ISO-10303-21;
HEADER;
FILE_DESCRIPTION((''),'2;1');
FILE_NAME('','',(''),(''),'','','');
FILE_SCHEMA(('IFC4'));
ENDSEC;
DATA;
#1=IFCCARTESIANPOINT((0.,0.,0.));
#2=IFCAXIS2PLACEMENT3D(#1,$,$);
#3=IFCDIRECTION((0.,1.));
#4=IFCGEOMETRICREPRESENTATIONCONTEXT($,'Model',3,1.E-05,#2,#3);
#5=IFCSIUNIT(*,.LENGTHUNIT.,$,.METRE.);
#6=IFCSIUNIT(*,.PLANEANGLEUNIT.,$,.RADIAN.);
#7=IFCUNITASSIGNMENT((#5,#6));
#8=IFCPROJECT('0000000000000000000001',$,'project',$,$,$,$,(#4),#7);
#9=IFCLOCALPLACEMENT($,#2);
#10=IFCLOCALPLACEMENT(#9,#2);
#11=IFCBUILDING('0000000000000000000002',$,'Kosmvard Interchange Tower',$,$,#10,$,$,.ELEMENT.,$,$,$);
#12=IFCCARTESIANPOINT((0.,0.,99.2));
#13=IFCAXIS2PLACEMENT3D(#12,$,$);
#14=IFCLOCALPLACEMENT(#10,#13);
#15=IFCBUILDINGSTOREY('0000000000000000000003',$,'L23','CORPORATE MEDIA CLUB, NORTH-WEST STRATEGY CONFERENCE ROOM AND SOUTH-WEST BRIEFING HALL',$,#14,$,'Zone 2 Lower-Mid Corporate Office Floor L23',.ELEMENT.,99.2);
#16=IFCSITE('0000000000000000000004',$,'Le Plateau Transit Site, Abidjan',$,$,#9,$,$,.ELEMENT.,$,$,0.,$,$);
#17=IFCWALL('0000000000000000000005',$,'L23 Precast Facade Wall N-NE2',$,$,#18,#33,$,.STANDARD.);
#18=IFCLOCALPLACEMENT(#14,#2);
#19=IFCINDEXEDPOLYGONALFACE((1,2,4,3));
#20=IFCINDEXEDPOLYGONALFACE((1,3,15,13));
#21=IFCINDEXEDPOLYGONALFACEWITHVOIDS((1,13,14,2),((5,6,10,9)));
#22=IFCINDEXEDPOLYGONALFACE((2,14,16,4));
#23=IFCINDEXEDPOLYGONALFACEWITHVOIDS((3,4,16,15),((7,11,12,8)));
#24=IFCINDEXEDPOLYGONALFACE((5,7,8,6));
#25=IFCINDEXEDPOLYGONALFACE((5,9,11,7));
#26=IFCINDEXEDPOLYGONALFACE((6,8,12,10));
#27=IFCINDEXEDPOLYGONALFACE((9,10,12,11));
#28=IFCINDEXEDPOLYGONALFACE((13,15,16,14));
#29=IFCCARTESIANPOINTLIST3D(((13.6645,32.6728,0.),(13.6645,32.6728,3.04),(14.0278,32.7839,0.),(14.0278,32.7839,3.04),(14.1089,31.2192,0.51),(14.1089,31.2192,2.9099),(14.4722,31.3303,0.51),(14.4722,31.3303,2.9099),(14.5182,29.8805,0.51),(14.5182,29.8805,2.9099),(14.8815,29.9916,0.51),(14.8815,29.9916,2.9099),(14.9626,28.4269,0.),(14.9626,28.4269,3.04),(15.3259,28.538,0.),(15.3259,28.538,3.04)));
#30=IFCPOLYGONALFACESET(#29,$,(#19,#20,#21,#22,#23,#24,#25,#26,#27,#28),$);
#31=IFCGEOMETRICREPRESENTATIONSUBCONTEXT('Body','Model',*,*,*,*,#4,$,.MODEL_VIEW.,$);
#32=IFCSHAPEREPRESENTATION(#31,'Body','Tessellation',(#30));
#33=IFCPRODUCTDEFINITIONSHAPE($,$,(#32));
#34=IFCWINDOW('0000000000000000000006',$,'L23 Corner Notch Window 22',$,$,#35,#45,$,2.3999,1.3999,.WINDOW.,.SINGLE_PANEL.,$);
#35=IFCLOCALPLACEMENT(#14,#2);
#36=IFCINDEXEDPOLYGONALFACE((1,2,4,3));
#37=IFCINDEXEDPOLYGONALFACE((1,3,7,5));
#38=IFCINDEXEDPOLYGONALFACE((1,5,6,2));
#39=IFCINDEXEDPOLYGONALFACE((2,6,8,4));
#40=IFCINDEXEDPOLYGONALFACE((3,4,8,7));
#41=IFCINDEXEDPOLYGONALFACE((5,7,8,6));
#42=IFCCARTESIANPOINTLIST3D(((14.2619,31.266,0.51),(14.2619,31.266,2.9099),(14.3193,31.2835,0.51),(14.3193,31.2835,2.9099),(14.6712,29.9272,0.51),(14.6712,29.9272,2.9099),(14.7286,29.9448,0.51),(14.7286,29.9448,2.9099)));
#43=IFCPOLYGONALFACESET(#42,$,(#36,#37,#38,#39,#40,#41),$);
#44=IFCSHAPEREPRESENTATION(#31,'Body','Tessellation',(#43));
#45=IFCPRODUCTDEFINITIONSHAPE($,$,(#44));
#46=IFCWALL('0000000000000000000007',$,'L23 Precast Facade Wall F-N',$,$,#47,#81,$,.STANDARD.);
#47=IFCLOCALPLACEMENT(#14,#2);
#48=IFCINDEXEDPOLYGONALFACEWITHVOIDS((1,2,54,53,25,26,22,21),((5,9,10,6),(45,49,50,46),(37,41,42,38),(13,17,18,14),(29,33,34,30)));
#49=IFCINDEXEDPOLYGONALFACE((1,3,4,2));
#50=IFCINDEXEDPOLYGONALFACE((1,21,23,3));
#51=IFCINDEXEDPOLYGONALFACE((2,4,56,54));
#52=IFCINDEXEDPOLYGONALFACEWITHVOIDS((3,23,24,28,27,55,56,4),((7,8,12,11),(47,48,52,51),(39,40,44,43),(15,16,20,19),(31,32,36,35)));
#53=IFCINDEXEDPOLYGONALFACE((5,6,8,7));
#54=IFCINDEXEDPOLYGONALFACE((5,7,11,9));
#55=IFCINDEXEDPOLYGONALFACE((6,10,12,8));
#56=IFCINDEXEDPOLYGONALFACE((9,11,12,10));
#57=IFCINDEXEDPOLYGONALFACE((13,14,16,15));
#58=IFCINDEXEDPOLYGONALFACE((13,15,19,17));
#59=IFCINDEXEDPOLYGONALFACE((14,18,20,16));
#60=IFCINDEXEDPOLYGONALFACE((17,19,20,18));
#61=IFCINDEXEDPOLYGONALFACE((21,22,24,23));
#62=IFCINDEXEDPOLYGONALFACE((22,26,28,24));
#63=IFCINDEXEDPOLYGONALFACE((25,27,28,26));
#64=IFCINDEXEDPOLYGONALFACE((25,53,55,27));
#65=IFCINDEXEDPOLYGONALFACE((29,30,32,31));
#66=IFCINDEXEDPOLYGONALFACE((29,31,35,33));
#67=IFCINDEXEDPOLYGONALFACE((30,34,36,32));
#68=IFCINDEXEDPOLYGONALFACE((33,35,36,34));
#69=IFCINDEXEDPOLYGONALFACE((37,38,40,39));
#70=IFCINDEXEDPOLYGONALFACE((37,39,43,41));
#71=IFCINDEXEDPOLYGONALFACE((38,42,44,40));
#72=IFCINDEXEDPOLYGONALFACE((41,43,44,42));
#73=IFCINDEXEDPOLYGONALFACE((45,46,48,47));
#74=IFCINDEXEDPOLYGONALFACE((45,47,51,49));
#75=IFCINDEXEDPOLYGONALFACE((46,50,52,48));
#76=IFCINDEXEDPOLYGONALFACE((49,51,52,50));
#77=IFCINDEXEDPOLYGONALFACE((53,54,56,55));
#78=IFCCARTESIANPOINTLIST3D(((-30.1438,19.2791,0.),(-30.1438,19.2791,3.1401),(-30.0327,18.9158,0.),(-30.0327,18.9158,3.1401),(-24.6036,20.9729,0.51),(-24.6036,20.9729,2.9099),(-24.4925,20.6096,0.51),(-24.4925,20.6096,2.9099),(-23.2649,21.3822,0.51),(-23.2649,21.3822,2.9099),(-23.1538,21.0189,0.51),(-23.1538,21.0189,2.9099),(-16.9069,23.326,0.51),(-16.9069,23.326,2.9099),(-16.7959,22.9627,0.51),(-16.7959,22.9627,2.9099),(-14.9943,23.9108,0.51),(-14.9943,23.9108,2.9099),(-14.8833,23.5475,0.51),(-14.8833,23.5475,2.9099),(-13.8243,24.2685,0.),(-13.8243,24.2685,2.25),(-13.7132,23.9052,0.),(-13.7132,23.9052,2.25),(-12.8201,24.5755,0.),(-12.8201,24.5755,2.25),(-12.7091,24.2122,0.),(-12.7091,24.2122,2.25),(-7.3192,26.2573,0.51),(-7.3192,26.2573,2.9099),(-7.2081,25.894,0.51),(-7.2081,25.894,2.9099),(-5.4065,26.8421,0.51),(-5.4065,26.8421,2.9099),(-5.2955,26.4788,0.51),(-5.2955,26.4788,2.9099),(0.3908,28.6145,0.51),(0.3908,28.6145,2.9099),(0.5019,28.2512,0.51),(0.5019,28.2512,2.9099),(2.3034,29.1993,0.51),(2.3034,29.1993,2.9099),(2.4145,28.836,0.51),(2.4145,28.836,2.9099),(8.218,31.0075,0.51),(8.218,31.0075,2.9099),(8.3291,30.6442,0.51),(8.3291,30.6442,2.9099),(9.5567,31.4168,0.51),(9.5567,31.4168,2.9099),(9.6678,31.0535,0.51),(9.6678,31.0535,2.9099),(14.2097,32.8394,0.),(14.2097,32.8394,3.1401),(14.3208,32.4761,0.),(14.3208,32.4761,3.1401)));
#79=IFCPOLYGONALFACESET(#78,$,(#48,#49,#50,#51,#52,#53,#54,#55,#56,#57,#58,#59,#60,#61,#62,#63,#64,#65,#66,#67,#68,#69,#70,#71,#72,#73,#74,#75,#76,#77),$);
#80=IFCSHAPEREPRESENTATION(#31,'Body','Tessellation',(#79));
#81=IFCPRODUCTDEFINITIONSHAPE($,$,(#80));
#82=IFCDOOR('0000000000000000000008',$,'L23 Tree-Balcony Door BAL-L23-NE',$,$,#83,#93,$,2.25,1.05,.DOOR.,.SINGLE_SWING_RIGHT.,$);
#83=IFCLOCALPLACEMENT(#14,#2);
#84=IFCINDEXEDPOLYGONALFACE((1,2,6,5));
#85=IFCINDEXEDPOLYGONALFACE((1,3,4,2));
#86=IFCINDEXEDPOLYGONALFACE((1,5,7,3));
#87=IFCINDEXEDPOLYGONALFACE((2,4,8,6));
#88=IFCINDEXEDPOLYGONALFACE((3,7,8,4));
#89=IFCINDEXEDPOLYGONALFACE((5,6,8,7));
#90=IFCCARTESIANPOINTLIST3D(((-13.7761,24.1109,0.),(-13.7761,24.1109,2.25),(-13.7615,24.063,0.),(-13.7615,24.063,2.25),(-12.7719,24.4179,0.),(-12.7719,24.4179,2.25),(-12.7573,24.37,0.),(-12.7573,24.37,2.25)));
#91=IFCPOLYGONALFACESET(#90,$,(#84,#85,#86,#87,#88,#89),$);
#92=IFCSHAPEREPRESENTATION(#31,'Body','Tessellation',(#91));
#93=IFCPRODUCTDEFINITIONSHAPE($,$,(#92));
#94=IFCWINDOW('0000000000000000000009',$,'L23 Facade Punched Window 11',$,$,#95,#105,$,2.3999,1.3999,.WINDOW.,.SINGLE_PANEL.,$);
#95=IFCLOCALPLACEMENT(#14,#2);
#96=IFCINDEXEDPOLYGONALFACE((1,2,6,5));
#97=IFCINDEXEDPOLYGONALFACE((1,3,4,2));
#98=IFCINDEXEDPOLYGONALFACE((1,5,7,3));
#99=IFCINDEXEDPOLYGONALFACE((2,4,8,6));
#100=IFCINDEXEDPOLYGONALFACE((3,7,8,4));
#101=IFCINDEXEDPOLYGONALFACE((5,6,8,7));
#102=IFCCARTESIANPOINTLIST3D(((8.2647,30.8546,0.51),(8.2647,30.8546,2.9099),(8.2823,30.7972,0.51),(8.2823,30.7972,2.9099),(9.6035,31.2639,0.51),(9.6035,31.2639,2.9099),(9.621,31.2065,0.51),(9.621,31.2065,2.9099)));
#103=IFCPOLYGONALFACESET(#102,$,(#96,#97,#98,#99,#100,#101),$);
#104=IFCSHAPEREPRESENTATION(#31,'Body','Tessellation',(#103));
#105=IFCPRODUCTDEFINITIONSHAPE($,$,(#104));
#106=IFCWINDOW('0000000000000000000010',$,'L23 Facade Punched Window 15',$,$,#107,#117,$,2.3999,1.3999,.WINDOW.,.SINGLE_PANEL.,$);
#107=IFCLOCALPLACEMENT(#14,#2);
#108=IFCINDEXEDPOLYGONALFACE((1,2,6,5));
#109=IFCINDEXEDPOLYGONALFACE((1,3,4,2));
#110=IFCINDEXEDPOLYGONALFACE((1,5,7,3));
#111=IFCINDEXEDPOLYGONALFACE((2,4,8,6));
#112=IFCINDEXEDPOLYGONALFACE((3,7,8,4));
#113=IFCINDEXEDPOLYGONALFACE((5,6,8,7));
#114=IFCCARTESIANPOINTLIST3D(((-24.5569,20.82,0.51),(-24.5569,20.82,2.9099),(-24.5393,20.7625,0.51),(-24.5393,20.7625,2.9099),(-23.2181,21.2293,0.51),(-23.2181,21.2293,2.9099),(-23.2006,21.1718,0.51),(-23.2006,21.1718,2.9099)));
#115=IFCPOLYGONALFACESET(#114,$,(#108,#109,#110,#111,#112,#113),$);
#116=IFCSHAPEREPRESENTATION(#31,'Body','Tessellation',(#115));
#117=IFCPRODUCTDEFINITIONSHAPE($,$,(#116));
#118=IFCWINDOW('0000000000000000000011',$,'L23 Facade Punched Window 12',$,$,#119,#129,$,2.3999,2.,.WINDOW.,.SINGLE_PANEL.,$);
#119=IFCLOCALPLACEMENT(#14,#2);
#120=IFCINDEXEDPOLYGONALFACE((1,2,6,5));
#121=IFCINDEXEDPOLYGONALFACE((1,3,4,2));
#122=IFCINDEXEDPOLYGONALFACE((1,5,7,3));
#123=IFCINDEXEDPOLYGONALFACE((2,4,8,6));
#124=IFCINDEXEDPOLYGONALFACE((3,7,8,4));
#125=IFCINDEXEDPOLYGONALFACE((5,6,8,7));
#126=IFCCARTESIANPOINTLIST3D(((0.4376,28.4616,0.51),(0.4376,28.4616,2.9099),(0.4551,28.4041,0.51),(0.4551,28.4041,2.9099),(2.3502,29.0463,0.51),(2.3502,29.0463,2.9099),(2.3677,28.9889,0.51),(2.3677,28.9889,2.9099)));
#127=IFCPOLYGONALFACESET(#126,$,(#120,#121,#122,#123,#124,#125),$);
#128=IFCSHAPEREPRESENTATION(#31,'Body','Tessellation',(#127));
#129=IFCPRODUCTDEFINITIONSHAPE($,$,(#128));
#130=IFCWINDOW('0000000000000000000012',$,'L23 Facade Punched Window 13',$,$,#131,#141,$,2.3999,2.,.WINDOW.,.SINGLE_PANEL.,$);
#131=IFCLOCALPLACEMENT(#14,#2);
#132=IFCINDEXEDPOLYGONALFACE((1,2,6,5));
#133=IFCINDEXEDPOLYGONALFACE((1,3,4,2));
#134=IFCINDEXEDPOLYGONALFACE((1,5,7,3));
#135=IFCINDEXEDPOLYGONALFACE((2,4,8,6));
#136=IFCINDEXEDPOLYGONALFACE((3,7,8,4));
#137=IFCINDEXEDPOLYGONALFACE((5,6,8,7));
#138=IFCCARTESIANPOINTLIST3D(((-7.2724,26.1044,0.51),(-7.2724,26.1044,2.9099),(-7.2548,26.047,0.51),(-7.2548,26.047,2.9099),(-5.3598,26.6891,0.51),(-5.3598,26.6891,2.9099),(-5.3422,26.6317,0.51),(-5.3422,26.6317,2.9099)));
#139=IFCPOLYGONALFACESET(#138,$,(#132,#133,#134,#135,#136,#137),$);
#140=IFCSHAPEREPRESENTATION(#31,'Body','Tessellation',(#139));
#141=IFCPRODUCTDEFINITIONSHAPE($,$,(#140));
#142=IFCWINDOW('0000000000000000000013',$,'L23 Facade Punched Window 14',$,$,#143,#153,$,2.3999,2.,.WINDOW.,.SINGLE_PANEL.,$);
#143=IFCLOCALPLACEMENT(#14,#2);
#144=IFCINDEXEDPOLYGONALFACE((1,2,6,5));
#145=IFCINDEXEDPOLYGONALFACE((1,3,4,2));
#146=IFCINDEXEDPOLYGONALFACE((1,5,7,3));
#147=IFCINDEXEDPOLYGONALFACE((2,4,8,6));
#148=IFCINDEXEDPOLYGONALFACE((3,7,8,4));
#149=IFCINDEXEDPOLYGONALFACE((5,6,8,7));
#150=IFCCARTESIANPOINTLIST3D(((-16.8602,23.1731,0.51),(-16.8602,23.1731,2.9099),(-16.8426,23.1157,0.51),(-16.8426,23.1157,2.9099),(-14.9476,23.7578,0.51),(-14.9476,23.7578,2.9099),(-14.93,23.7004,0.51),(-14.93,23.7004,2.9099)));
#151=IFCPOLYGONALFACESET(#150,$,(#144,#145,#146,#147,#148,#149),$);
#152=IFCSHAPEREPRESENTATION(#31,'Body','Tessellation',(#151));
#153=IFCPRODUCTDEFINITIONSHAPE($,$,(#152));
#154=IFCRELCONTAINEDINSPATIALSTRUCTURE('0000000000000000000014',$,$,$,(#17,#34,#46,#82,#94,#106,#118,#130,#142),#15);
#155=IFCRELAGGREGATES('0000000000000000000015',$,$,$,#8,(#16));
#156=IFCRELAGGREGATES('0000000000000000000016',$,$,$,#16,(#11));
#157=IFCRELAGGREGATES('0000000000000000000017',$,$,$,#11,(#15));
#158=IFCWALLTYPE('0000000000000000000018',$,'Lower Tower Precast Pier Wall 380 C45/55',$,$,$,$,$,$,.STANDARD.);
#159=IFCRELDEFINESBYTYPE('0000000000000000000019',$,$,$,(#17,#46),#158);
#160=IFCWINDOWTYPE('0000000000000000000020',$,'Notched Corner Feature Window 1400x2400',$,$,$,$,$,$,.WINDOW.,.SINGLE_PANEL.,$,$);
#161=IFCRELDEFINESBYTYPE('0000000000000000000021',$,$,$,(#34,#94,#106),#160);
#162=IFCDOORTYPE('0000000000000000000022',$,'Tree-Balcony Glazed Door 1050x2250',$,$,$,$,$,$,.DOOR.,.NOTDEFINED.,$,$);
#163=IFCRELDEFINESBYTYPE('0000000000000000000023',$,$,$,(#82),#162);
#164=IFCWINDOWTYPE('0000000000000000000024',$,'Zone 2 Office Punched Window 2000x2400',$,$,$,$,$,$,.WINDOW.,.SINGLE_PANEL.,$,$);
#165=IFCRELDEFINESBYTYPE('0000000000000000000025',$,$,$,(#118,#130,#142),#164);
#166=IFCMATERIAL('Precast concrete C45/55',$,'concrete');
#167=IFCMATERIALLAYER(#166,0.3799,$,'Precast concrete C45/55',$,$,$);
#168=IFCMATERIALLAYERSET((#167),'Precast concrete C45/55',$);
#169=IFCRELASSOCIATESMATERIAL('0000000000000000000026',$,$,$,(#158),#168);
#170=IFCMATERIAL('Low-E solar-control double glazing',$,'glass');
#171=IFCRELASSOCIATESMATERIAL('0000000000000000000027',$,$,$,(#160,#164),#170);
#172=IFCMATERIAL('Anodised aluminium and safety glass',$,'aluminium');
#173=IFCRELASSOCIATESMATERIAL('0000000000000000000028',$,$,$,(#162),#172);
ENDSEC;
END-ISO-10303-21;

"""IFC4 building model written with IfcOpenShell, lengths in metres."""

from ifc_helpers import new_model, si_unit, direction, frame, frame_2d, origin, place, context, subcontext, project, spatial, rectangle, extrude, source, transform, mapped, material, layer, layer_set, type_object, element, fill, save


model = new_model("IFC4")

# Units and contexts
model_context = context("Model", 3, precision=1e-05, world=origin(), true_north=direction((0.0, 1.0)))
body_context = subcontext(model_context, "Body", "Model", "MODEL_VIEW")
ifc_project = project(units=[si_unit("LENGTHUNIT", "METRE"), si_unit("PLANEANGLEUNIT", "RADIAN")], contexts=[model_context])

# Site, building, storey
site_placement = place(None, origin())
site = spatial("IfcSite", under=ifc_project, at=site_placement, Name="Le Plateau Transit Site, Abidjan", CompositionType="ELEMENT", RefElevation=0.0)
building_placement = place(site_placement, origin())
building = spatial("IfcBuilding", under=site, at=building_placement, Name="Kosmvard Interchange Tower", CompositionType="ELEMENT")
storey_placement = place(building_placement, frame((0.0, 0.0, 99.2)))
storey = spatial("IfcBuildingStorey", under=building, at=storey_placement, Name="L23", Description="CORPORATE MEDIA CLUB, NORTH-WEST STRATEGY CONFERENCE ROOM AND SOUTH-WEST BRIEFING HALL", LongName="Zone 2 Lower-Mid Corporate Office Floor L23", CompositionType="ELEMENT", Elevation=99.2)

# Shared definitions
ifc_material_1 = material(Name="Precast concrete C45/55", Category="concrete")

# Shared definitions
ifc_layer_1 = layer(ifc_material_1, 0.3799, Name="Precast concrete C45/55")
ifc_layer_set_1 = layer_set([ifc_layer_1], Name="Precast concrete C45/55")
wall_type = type_object("IfcWallType", Name="Lower Tower Precast Pier Wall 380 C45/55", PredefinedType="STANDARD", material=ifc_layer_set_1)

# Wall, opening, window
wall_1_placement = place(storey_placement, frame((15.1443, 28.4824, 0.0), z_axis=(0.0, 0.0, 1.0), x_axis=(-0.292374, 0.956304, 0.0)))
wall_1 = element("IfcWall", 1, at=wall_1_placement, inside=storey, type_object=wall_type, Name="L23 Precast Facade Wall N-NE2", PredefinedType="STANDARD", context=body_context, shape_type="SweptSolid", body=[
    extrude(rectangle(XDim=4.4399, YDim=0.3799, at=frame_2d((2.22, 0.0))), origin(), (0.0, 0.0, 1.0), 3.04),
])
opening_1_placement = place(wall_1_placement, frame((1.52, 0.0, 0.51)))
opening_1 = element("IfcOpeningElement", 2, at=opening_1_placement, cuts=wall_1, PredefinedType="OPENING", context=body_context, shape_type="SweptSolid", body=[
    extrude(rectangle(XDim=1.3999, YDim=2.3999, at=frame_2d((0.7, 1.2))), frame((0.0, 0.2, 0.0), z_axis=(0.0, -1.0, 0.0), x_axis=(1.0, 0.0, 0.0)), (0.0, 0.0, 1.0), 0.3999),
])
ifc_material_2 = material(Name="Low-E solar-control double glazing", Category="glass")
window_type_1 = type_object("IfcWindowType", Name="Notched Corner Feature Window 1400x2400", PartitioningType="SINGLE_PANEL", PredefinedType="WINDOW", material=ifc_material_2)
shared_shape_1 = source(origin(), body_context, "Body", "SweptSolid", [
    extrude(rectangle(XDim=1.3999, YDim=2.3999, at=frame_2d((0.7, 1.2))), frame((0.0, 0.03, 0.0), z_axis=(0.0, -1.0, 0.0), x_axis=(1.0, 0.0, 0.0)), (0.0, 0.0, 1.0), 0.0601),
])
window_1_placement = place(opening_1_placement, origin())
window_1 = element("IfcWindow", 3, at=window_1_placement, inside=storey, type_object=window_type_1, Name="L23 Corner Notch Window 22", OverallHeight=2.3999, OverallWidth=1.3999, PartitioningType="SINGLE_PANEL", PredefinedType="WINDOW", context=body_context, shape_type="MappedRepresentation", body=[
    mapped(shared_shape_1, transform((0.0, 0.0, 0.0), scale=1.0)),
])
fill(opening_1, window_1)

# Wall, openings, door, windows
wall_2_placement = place(storey_placement, frame((14.2651, 32.6577, 0.0), z_axis=(0.0, 0.0, 1.0), x_axis=(-0.956304, -0.292373, 0.0)))
wall_2 = element("IfcWall", 4, at=wall_2_placement, inside=storey, type_object=wall_type, Name="L23 Precast Facade Wall F-N", PredefinedType="STANDARD", context=body_context, shape_type="SweptSolid", body=[
    extrude(rectangle(XDim=46.3801, YDim=0.3799, at=frame_2d((23.1899, 0.0))), origin(), (0.0, 0.0, 1.0), 3.1401),
])
opening_2_placement = place(wall_2_placement, frame((28.2649, 0.0, 0.0)))
opening_2 = element("IfcOpeningElement", 5, at=opening_2_placement, cuts=wall_2, PredefinedType="OPENING", context=body_context, shape_type="SweptSolid", body=[
    extrude(rectangle(XDim=1.05, YDim=2.25, at=frame_2d((0.5249, 1.125))), frame((0.0, 0.2, 0.0), z_axis=(0.0, -1.0, 0.0), x_axis=(1.0, 0.0, 0.0)), (0.0, 0.0, 1.0), 0.3999),
])
opening_3_placement = place(wall_2_placement, frame((4.8655, 0.0, 0.51)))
opening_3 = element("IfcOpeningElement", 6, at=opening_3_placement, cuts=wall_2, PredefinedType="OPENING", context=body_context, shape_type="SweptSolid", body=[
    extrude(rectangle(XDim=1.3999, YDim=2.3999, at=frame_2d((0.7, 1.2))), frame((0.0, 0.2, 0.0), z_axis=(0.0, -1.0, 0.0), x_axis=(1.0, 0.0, 0.0)), (0.0, 0.0, 1.0), 0.3999),
])
opening_4_placement = place(wall_2_placement, frame((12.4502, 0.0, 0.51)))
opening_4 = element("IfcOpeningElement", 7, at=opening_4_placement, cuts=wall_2, PredefinedType="OPENING", context=body_context, shape_type="SweptSolid", body=[
    extrude(rectangle(XDim=2.0, YDim=2.3999, at=frame_2d((1.0, 1.2))), frame((0.0, 0.2, 0.0), z_axis=(0.0, -1.0, 0.0), x_axis=(1.0, 0.0, 0.0)), (0.0, 0.0, 1.0), 0.3999),
])
opening_5_placement = place(wall_2_placement, frame((20.5125, 0.0, 0.51)))
opening_5 = element("IfcOpeningElement", 8, at=opening_5_placement, cuts=wall_2, PredefinedType="OPENING", context=body_context, shape_type="SweptSolid", body=[
    extrude(rectangle(XDim=2.0, YDim=2.3999, at=frame_2d((1.0, 1.2))), frame((0.0, 0.2, 0.0), z_axis=(0.0, -1.0, 0.0), x_axis=(1.0, 0.0, 0.0)), (0.0, 0.0, 1.0), 0.3999),
])
opening_6_placement = place(wall_2_placement, frame((30.5383, 0.0, 0.51)))
opening_6 = element("IfcOpeningElement", 9, at=opening_6_placement, cuts=wall_2, PredefinedType="OPENING", context=body_context, shape_type="SweptSolid", body=[
    extrude(rectangle(XDim=2.0, YDim=2.3999, at=frame_2d((1.0, 1.2))), frame((0.0, 0.2, 0.0), z_axis=(0.0, -1.0, 0.0), x_axis=(1.0, 0.0, 0.0)), (0.0, 0.0, 1.0), 0.3999),
])
opening_7_placement = place(wall_2_placement, frame((39.1868, 0.0, 0.51)))
opening_7 = element("IfcOpeningElement", 10, at=opening_7_placement, cuts=wall_2, PredefinedType="OPENING", context=body_context, shape_type="SweptSolid", body=[
    extrude(rectangle(XDim=1.3999, YDim=2.3999, at=frame_2d((0.7, 1.2))), frame((0.0, 0.2, 0.0), z_axis=(0.0, -1.0, 0.0), x_axis=(1.0, 0.0, 0.0)), (0.0, 0.0, 1.0), 0.3999),
])
ifc_material_3 = material(Name="Anodised aluminium and safety glass", Category="aluminium")
door_type = type_object("IfcDoorType", Name="Tree-Balcony Glazed Door 1050x2250", OperationType="NOTDEFINED", PredefinedType="DOOR", material=ifc_material_3)
shared_shape_2 = source(origin(), body_context, "Body", "SweptSolid", [
    extrude(rectangle(XDim=1.05, YDim=2.25, at=frame_2d((0.5249, 1.125))), frame((0.0, 0.0249, 0.0), z_axis=(0.0, -1.0, 0.0), x_axis=(1.0, 0.0, 0.0)), (0.0, 0.0, 1.0), 0.05),
])
door_placement = place(opening_2_placement, origin())
door = element("IfcDoor", 11, at=door_placement, inside=storey, type_object=door_type, Name="L23 Tree-Balcony Door BAL-L23-NE", OperationType="SINGLE_SWING_RIGHT", OverallHeight=2.25, OverallWidth=1.05, PredefinedType="DOOR", context=body_context, shape_type="MappedRepresentation", body=[
    mapped(shared_shape_2, transform((0.0, 0.0, 0.0), scale=1.0)),
])
fill(opening_2, door)
window_2_placement = place(opening_3_placement, origin())
window_2 = element("IfcWindow", 12, at=window_2_placement, inside=storey, type_object=window_type_1, Name="L23 Facade Punched Window 11", OverallHeight=2.3999, OverallWidth=1.3999, PartitioningType="SINGLE_PANEL", PredefinedType="WINDOW", context=body_context, shape_type="MappedRepresentation", body=[
    mapped(shared_shape_1, transform((0.0, 0.0, 0.0), scale=1.0)),
])
fill(opening_3, window_2)
window_3_placement = place(opening_7_placement, origin())
window_3 = element("IfcWindow", 13, at=window_3_placement, inside=storey, type_object=window_type_1, Name="L23 Facade Punched Window 15", OverallHeight=2.3999, OverallWidth=1.3999, PartitioningType="SINGLE_PANEL", PredefinedType="WINDOW", context=body_context, shape_type="MappedRepresentation", body=[
    mapped(shared_shape_1, transform((0.0, 0.0, 0.0), scale=1.0)),
])
fill(opening_7, window_3)
window_type_2 = type_object("IfcWindowType", Name="Zone 2 Office Punched Window 2000x2400", PartitioningType="SINGLE_PANEL", PredefinedType="WINDOW", material=ifc_material_2)
shared_shape_3 = source(origin(), body_context, "Body", "SweptSolid", [
    extrude(rectangle(XDim=2.0, YDim=2.3999, at=frame_2d((1.0, 1.2))), frame((0.0, 0.03, 0.0), z_axis=(0.0, -1.0, 0.0), x_axis=(1.0, 0.0, 0.0)), (0.0, 0.0, 1.0), 0.0601),
])
window_4_placement = place(opening_4_placement, origin())
window_4 = element("IfcWindow", 14, at=window_4_placement, inside=storey, type_object=window_type_2, Name="L23 Facade Punched Window 12", OverallHeight=2.3999, OverallWidth=2.0, PartitioningType="SINGLE_PANEL", PredefinedType="WINDOW", context=body_context, shape_type="MappedRepresentation", body=[
    mapped(shared_shape_3, transform((0.0, 0.0, 0.0), scale=1.0)),
])
fill(opening_4, window_4)
window_5_placement = place(opening_5_placement, origin())
window_5 = element("IfcWindow", 15, at=window_5_placement, inside=storey, type_object=window_type_2, Name="L23 Facade Punched Window 13", OverallHeight=2.3999, OverallWidth=2.0, PartitioningType="SINGLE_PANEL", PredefinedType="WINDOW", context=body_context, shape_type="MappedRepresentation", body=[
    mapped(shared_shape_3, transform((0.0, 0.0, 0.0), scale=1.0)),
])
fill(opening_5, window_5)
window_6_placement = place(opening_6_placement, origin())
window_6 = element("IfcWindow", 16, at=window_6_placement, inside=storey, type_object=window_type_2, Name="L23 Facade Punched Window 14", OverallHeight=2.3999, OverallWidth=2.0, PartitioningType="SINGLE_PANEL", PredefinedType="WINDOW", context=body_context, shape_type="MappedRepresentation", body=[
    mapped(shared_shape_3, transform((0.0, 0.0, 0.0), scale=1.0)),
])
fill(opening_6, window_6)

save(model, "model.ifc")
